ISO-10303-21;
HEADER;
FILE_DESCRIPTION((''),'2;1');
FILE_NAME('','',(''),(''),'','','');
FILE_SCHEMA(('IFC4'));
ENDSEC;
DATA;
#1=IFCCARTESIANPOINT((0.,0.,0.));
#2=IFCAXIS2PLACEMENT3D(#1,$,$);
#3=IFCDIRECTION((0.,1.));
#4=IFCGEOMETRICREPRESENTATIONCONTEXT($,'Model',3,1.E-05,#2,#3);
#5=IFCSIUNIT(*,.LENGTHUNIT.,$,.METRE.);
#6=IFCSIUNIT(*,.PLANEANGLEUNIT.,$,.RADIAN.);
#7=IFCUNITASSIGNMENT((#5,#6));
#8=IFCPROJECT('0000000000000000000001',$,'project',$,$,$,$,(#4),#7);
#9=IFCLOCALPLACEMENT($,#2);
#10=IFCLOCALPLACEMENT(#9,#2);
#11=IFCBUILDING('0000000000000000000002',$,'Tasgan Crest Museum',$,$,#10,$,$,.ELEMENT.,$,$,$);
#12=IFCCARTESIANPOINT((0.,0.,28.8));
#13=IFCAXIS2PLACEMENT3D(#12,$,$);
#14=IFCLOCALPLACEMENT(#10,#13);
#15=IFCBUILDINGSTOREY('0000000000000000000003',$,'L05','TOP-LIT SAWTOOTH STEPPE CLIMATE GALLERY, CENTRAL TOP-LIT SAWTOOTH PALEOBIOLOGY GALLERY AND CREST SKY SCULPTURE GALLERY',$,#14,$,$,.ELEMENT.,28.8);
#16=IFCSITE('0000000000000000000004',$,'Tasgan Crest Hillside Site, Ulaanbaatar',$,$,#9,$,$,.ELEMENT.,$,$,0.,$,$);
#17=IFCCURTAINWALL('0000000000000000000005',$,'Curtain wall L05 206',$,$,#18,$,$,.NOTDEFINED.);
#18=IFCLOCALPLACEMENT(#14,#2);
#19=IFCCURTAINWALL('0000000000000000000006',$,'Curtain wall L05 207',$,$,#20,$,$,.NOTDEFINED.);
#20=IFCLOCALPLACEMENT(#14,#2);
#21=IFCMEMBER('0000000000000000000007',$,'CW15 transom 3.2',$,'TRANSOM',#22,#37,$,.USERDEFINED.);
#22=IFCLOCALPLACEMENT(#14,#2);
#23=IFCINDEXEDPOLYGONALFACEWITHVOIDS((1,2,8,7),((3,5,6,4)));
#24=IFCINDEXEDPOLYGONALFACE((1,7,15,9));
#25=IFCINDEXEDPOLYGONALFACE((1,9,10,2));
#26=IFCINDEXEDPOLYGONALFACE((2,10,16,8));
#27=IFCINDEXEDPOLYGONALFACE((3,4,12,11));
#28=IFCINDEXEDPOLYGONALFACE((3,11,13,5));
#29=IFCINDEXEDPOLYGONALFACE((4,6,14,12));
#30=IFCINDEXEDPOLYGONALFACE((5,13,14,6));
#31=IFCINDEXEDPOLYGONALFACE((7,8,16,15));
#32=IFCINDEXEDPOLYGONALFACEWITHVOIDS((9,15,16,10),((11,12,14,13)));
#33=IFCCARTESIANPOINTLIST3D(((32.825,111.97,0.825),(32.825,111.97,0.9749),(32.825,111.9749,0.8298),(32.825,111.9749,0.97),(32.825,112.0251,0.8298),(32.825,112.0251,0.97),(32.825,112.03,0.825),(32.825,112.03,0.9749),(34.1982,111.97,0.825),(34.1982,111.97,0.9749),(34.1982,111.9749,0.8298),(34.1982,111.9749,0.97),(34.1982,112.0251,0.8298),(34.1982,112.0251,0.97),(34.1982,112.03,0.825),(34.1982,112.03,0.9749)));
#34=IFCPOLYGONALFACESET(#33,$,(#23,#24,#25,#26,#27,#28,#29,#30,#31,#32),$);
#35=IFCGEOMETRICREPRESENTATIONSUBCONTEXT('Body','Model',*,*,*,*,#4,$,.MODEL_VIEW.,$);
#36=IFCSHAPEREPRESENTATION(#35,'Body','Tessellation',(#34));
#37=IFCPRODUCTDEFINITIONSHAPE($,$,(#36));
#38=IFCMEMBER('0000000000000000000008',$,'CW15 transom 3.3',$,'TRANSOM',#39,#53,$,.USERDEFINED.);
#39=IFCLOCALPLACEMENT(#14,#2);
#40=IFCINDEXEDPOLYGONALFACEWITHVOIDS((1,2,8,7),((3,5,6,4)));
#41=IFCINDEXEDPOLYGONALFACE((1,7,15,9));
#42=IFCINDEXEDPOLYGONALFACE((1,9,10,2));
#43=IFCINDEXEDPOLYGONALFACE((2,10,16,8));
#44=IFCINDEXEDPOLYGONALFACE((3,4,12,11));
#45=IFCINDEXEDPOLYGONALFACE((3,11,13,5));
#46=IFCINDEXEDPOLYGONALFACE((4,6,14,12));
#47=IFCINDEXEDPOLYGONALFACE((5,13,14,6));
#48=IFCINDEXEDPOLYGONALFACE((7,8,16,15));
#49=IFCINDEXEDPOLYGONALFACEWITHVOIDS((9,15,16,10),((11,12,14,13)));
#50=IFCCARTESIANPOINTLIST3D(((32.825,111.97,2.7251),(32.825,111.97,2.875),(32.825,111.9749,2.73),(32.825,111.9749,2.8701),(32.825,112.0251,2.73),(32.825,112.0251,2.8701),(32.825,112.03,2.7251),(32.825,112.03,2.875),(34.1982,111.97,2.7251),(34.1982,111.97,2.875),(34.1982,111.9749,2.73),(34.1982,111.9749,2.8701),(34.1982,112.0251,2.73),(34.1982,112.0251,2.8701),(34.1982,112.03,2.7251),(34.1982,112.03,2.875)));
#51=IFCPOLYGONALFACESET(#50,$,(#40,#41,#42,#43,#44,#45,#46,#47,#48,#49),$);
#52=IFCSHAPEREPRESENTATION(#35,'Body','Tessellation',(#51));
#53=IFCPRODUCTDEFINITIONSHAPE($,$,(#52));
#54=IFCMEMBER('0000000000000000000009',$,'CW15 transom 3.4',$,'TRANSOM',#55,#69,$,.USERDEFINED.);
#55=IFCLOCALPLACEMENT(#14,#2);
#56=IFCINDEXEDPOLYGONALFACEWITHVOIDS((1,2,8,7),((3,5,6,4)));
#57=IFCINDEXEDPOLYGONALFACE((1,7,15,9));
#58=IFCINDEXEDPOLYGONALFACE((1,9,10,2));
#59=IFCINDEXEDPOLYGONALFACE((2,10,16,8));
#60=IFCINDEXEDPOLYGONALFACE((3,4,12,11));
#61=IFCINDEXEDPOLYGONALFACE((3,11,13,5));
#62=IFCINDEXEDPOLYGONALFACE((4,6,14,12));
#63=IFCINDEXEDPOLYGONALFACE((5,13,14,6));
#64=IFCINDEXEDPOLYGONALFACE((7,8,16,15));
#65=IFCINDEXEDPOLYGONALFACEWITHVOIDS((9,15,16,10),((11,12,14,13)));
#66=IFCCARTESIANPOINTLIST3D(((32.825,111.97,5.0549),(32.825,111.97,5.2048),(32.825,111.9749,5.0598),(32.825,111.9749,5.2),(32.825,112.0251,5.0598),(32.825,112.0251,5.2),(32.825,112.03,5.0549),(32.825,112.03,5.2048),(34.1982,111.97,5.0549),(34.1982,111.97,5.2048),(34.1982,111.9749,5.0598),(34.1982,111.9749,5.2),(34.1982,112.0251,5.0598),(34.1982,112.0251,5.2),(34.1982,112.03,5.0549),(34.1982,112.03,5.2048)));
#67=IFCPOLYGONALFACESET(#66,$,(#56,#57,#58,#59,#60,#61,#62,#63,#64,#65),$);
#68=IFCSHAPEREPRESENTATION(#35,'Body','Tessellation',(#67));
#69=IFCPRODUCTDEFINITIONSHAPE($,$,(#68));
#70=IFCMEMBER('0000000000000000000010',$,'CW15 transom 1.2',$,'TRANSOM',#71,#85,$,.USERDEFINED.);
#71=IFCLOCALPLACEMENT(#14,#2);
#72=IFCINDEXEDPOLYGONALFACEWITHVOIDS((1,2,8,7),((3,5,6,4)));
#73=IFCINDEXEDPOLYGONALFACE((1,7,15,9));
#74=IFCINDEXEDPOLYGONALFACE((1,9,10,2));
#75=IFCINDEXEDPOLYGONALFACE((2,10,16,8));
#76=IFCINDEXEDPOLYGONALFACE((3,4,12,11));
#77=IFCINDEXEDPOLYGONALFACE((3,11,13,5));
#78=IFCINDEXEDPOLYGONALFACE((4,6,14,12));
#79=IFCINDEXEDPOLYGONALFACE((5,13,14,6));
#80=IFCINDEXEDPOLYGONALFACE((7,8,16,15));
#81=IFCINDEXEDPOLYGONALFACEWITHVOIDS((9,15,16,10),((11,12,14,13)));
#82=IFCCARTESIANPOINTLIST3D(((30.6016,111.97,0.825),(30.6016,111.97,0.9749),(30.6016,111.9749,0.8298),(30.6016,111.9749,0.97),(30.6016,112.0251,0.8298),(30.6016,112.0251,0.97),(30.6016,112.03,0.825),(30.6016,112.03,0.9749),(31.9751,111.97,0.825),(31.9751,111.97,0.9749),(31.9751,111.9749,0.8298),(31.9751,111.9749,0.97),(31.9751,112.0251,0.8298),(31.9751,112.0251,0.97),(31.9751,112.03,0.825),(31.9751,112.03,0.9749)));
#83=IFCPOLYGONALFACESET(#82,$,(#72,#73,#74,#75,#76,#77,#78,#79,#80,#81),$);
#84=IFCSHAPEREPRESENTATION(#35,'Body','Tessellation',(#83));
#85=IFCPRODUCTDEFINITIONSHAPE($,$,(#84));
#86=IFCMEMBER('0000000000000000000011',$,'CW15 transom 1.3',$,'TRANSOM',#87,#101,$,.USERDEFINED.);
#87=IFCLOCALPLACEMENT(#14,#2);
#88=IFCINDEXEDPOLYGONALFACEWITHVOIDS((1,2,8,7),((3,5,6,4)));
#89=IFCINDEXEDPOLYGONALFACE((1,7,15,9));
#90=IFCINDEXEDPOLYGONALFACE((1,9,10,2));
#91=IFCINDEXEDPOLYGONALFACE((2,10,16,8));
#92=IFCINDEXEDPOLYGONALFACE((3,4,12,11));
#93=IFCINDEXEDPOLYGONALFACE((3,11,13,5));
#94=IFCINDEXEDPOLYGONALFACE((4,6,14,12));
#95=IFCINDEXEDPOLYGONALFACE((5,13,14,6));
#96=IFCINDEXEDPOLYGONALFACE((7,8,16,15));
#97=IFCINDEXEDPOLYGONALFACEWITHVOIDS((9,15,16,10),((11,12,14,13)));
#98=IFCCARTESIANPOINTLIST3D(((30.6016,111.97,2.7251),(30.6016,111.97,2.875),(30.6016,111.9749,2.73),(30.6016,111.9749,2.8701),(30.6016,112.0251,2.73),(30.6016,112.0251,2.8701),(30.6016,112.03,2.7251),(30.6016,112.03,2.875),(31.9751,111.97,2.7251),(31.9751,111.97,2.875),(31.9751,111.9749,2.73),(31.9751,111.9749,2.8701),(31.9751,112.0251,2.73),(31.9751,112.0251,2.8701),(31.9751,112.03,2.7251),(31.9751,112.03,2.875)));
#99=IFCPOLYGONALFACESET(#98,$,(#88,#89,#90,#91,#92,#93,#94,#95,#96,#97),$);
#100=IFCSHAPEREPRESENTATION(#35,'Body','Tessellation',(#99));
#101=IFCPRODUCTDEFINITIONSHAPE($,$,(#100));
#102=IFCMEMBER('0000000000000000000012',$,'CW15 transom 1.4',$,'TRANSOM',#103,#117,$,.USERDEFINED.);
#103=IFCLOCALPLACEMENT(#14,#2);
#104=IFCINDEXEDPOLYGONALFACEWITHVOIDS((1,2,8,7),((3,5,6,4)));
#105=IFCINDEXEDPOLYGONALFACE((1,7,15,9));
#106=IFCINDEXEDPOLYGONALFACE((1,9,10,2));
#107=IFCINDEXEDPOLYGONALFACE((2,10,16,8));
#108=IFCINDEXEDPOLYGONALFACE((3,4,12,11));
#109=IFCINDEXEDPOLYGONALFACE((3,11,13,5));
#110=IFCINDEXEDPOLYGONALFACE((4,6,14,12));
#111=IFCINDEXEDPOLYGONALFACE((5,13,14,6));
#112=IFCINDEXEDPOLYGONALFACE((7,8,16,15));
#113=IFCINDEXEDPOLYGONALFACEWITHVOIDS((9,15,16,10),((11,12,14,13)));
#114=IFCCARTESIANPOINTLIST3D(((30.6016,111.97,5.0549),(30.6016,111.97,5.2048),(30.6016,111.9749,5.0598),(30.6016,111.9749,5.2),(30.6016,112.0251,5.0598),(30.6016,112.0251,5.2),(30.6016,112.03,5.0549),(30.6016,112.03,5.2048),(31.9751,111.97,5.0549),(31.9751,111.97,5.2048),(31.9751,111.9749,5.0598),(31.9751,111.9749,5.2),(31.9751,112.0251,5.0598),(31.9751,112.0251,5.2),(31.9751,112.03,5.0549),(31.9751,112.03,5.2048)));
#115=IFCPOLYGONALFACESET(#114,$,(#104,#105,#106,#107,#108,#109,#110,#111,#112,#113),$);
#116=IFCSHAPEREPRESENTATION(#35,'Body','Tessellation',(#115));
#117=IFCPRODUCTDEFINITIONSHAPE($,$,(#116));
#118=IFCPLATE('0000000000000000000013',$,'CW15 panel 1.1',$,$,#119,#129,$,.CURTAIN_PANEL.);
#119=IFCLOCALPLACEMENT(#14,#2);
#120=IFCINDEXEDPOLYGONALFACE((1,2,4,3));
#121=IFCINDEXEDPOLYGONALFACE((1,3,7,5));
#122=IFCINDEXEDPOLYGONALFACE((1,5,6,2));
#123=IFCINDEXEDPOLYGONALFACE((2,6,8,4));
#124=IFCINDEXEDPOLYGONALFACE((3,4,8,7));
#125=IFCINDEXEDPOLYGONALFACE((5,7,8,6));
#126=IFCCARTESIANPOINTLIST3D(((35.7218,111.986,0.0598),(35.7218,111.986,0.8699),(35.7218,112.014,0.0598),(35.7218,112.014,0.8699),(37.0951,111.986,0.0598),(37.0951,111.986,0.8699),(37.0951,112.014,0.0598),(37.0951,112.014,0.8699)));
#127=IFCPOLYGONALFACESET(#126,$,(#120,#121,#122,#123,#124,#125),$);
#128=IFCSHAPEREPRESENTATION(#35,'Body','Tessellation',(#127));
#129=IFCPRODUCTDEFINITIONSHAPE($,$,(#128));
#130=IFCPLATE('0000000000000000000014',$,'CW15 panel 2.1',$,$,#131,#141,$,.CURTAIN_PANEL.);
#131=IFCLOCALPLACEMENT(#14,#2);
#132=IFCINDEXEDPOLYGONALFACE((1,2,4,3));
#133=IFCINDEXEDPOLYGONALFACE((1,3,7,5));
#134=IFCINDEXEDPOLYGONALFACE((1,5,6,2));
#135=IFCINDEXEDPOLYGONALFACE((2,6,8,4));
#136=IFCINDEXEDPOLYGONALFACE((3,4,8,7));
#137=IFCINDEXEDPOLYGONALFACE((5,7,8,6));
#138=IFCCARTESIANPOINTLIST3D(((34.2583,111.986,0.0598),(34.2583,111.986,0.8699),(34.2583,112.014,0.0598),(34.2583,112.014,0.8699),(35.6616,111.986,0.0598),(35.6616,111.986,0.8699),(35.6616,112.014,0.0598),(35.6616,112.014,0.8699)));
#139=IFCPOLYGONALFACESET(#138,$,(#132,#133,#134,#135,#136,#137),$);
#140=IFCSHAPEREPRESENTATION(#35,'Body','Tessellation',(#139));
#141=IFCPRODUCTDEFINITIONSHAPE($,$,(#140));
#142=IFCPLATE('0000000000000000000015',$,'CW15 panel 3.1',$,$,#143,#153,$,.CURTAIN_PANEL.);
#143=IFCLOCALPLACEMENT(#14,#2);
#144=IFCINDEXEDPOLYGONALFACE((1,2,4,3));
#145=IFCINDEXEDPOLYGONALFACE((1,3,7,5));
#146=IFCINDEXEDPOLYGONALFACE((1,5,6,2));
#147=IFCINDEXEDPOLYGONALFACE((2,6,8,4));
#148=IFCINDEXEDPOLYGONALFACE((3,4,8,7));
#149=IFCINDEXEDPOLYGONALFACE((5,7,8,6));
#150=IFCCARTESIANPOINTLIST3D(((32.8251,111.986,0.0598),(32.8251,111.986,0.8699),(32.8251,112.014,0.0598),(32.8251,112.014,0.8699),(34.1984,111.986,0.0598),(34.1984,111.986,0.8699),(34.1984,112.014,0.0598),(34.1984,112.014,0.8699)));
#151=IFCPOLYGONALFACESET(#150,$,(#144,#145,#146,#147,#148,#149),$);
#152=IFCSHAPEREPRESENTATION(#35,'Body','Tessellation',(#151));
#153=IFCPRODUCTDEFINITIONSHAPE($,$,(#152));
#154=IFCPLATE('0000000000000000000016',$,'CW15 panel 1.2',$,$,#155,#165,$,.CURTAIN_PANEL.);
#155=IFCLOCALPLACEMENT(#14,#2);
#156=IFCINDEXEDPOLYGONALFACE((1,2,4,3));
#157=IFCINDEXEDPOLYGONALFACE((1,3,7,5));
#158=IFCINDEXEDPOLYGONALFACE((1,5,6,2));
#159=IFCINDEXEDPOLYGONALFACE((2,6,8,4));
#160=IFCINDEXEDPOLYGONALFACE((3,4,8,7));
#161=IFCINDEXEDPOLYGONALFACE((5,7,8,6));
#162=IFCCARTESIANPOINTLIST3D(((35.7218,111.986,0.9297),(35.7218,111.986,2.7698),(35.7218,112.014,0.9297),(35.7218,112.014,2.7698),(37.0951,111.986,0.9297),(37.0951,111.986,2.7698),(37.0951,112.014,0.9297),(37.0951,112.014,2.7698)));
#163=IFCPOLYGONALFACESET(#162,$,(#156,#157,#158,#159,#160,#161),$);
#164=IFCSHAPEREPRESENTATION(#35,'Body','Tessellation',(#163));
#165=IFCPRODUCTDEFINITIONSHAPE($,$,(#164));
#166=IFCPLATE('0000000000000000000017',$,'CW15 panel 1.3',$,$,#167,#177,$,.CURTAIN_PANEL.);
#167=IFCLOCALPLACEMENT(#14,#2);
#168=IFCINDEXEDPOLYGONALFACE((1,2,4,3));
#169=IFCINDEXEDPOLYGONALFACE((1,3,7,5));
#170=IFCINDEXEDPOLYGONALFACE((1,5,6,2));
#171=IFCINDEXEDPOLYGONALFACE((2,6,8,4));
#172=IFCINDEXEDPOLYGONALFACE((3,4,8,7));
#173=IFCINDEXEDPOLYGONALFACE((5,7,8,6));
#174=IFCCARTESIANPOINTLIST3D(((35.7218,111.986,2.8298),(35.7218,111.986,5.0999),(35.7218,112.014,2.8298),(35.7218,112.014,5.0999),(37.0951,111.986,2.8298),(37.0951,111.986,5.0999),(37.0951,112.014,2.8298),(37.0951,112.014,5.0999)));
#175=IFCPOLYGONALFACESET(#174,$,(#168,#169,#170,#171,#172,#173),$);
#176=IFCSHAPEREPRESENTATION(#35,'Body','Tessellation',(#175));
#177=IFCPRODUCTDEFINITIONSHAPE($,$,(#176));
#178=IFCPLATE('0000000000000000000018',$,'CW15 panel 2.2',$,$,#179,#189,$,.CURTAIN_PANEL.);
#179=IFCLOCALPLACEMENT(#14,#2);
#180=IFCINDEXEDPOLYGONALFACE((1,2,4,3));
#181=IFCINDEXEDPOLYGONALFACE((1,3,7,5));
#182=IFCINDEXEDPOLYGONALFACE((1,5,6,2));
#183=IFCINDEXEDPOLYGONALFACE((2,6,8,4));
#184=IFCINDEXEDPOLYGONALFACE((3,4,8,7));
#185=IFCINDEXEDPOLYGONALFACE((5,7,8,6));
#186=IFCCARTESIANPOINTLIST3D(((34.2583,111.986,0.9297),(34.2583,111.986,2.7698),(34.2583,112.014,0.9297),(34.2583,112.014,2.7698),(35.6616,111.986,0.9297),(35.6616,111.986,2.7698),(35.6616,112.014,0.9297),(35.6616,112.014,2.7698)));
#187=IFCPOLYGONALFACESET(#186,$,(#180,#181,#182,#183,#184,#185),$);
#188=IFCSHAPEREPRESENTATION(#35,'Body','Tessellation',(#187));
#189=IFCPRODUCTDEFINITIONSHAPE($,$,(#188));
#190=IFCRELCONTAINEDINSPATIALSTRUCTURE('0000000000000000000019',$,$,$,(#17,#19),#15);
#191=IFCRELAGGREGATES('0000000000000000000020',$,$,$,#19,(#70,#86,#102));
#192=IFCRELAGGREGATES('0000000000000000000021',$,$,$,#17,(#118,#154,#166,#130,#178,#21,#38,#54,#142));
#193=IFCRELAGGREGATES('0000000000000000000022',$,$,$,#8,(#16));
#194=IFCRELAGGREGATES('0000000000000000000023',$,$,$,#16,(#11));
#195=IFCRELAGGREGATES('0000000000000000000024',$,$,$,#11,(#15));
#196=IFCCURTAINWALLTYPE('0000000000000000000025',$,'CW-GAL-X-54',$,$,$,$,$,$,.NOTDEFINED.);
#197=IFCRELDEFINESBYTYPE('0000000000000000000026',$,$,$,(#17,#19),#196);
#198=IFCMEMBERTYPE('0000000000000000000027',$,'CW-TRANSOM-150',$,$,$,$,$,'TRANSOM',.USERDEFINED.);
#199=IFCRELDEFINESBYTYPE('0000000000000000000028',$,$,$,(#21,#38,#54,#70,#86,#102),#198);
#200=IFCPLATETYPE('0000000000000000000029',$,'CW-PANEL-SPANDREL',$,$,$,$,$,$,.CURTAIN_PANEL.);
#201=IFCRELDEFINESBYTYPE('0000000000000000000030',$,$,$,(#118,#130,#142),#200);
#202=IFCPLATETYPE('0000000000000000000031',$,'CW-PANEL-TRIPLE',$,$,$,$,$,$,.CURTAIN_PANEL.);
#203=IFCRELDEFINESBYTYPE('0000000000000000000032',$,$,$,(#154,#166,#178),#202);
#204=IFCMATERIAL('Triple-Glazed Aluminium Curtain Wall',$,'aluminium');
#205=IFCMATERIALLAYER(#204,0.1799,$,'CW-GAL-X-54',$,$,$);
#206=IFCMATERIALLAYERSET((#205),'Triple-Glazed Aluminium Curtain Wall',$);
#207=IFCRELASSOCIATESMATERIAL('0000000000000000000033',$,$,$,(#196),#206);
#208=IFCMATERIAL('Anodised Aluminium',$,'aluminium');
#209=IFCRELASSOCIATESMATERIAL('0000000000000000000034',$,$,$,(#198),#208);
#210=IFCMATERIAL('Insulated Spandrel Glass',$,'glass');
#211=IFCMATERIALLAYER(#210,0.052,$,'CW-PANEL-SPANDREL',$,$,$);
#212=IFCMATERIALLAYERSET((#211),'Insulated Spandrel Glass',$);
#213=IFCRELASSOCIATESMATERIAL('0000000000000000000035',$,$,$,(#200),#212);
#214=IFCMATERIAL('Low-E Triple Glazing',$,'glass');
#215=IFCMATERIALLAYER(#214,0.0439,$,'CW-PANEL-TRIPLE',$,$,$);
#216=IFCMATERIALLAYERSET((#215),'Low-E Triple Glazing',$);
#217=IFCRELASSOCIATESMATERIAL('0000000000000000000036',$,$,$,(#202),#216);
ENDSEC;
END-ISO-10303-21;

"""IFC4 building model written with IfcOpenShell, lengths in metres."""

from ifc_helpers import new_model, si_unit, direction, frame, origin, origin_2d, place, context, subcontext, project, spatial, rectangle, hollow_rectangle, extrude, material, layer, layer_set, material_profile, profile_set, type_object, element, aggregate, save


model = new_model("IFC4")

# Units and contexts
model_context = context("Model", 3, precision=1e-05, world=origin(), true_north=direction((0.0, 1.0)))
body_context = subcontext(model_context, "Body", "Model", "MODEL_VIEW")
ifc_project = project(units=[si_unit("LENGTHUNIT", "METRE"), si_unit("PLANEANGLEUNIT", "RADIAN")], contexts=[model_context])

# Site, building, storey
site_placement = place(None, origin())
site = spatial("IfcSite", under=ifc_project, at=site_placement, Name="Tasgan Crest Hillside Site, Ulaanbaatar", CompositionType="ELEMENT", RefElevation=0.0)
building_placement = place(site_placement, origin())
building = spatial("IfcBuilding", under=site, at=building_placement, Name="Tasgan Crest Museum", CompositionType="ELEMENT")
storey_placement = place(building_placement, frame((0.0, 0.0, 28.8)))
storey = spatial("IfcBuildingStorey", under=building, at=storey_placement, Name="L05", Description="TOP-LIT SAWTOOTH STEPPE CLIMATE GALLERY, CENTRAL TOP-LIT SAWTOOTH PALEOBIOLOGY GALLERY AND CREST SKY SCULPTURE GALLERY", CompositionType="ELEMENT", Elevation=28.8)

# Curtain wall
ifc_material_1 = material(Name="Triple-Glazed Aluminium Curtain Wall", Category="aluminium")
ifc_layer_1 = layer(ifc_material_1, 0.1799, Name="CW-GAL-X-54")
ifc_layer_set_1 = layer_set([ifc_layer_1], Name="Triple-Glazed Aluminium Curtain Wall")
curtain_wall_type = type_object("IfcCurtainWallType", Name="CW-GAL-X-54", PredefinedType="NOTDEFINED", material=ifc_layer_set_1)
curtain_wall_1_placement = place(storey_placement, origin())
curtain_wall_1 = element("IfcCurtainWall", 1, at=curtain_wall_1_placement, inside=storey, type_object=curtain_wall_type, Name="Curtain wall L05 206", PredefinedType="NOTDEFINED")

# Curtain wall
curtain_wall_2_placement = place(storey_placement, origin())
curtain_wall_2 = element("IfcCurtainWall", 2, at=curtain_wall_2_placement, inside=storey, type_object=curtain_wall_type, Name="Curtain wall L05 207", PredefinedType="NOTDEFINED")

# Members
ifc_material_2 = material(Name="Anodised Aluminium", Category="aluminium")
ifc_material_profile_1 = material_profile(ifc_material_2, hollow_rectangle(XDim=0.0601, YDim=0.1499, WallThickness=0.0049, at=origin_2d()), Name="ALU TRANSOM 150x60x5")
ifc_profile_set_1 = profile_set([ifc_material_profile_1], Name="Anodised Aluminium")
member_type_1 = type_object("IfcMemberType", Name="CW-TRANSOM-150", ElementType="TRANSOM", PredefinedType="USERDEFINED", material=ifc_profile_set_1)
member_1_placement = place(storey_placement, frame((34.1982, 112.0, 0.8999), z_axis=(-1.0, 0.0, 0.0), x_axis=(0.0, -1.0, 0.0)))
member_1 = element("IfcMember", 3, at=member_1_placement, type_object=member_type_1, Name="CW15 transom 3.2", ObjectType="TRANSOM", PredefinedType="USERDEFINED", context=body_context, shape_type="SweptSolid", body=[
    extrude(hollow_rectangle(XDim=0.0601, YDim=0.1499, WallThickness=0.0049, at=origin_2d()), origin(), (0.0, 0.0, 1.0), 1.3733),
])
member_2_placement = place(storey_placement, frame((34.1982, 112.0, 2.8), z_axis=(-1.0, 0.0, 0.0), x_axis=(0.0, -1.0, 0.0)))
member_2 = element("IfcMember", 4, at=member_2_placement, type_object=member_type_1, Name="CW15 transom 3.3", ObjectType="TRANSOM", PredefinedType="USERDEFINED", context=body_context, shape_type="SweptSolid", body=[
    extrude(hollow_rectangle(XDim=0.0601, YDim=0.1499, WallThickness=0.0049, at=origin_2d()), origin(), (0.0, 0.0, 1.0), 1.3733),
])
member_3_placement = place(storey_placement, frame((34.1982, 112.0, 5.1299), z_axis=(-1.0, 0.0, 0.0), x_axis=(0.0, -1.0, 0.0)))
member_3 = element("IfcMember", 5, at=member_3_placement, type_object=member_type_1, Name="CW15 transom 3.4", ObjectType="TRANSOM", PredefinedType="USERDEFINED", context=body_context, shape_type="SweptSolid", body=[
    extrude(hollow_rectangle(XDim=0.0601, YDim=0.1499, WallThickness=0.0049, at=origin_2d()), origin(), (0.0, 0.0, 1.0), 1.3733),
])
member_4_placement = place(storey_placement, frame((31.9751, 112.0, 0.8999), z_axis=(-1.0, 0.0, 0.0), x_axis=(0.0, -1.0, 0.0)))
member_4 = element("IfcMember", 6, at=member_4_placement, type_object=member_type_1, Name="CW15 transom 1.2", ObjectType="TRANSOM", PredefinedType="USERDEFINED", context=body_context, shape_type="SweptSolid", body=[
    extrude(hollow_rectangle(XDim=0.0601, YDim=0.1499, WallThickness=0.0049, at=origin_2d()), origin(), (0.0, 0.0, 1.0), 1.3735),
])
member_5_placement = place(storey_placement, frame((31.9751, 112.0, 2.8), z_axis=(-1.0, 0.0, 0.0), x_axis=(0.0, -1.0, 0.0)))
member_5 = element("IfcMember", 7, at=member_5_placement, type_object=member_type_1, Name="CW15 transom 1.3", ObjectType="TRANSOM", PredefinedType="USERDEFINED", context=body_context, shape_type="SweptSolid", body=[
    extrude(hollow_rectangle(XDim=0.0601, YDim=0.1499, WallThickness=0.0049, at=origin_2d()), origin(), (0.0, 0.0, 1.0), 1.3735),
])
member_6_placement = place(storey_placement, frame((31.9751, 112.0, 5.1299), z_axis=(-1.0, 0.0, 0.0), x_axis=(0.0, -1.0, 0.0)))
member_6 = element("IfcMember", 8, at=member_6_placement, type_object=member_type_1, Name="CW15 transom 1.4", ObjectType="TRANSOM", PredefinedType="USERDEFINED", context=body_context, shape_type="SweptSolid", body=[
    extrude(hollow_rectangle(XDim=0.0601, YDim=0.1499, WallThickness=0.0049, at=origin_2d()), origin(), (0.0, 0.0, 1.0), 1.3735),
])
aggregate(curtain_wall_2, [member_4, member_5, member_6])

# Plates
ifc_material_3 = material(Name="Insulated Spandrel Glass", Category="glass")
ifc_layer_2 = layer(ifc_material_3, 0.052, Name="CW-PANEL-SPANDREL")
ifc_layer_set_2 = layer_set([ifc_layer_2], Name="Insulated Spandrel Glass")
plate_type_1 = type_object("IfcPlateType", Name="CW-PANEL-SPANDREL", PredefinedType="CURTAIN_PANEL", material=ifc_layer_set_2)
plate_1_placement = place(storey_placement, frame((36.4084, 112.0, 0.0598), z_axis=(0.0, 0.0, 1.0), x_axis=(-1.0, 0.0, 0.0)))
plate_1 = element("IfcPlate", 9, at=plate_1_placement, type_object=plate_type_1, Name="CW15 panel 1.1", PredefinedType="CURTAIN_PANEL", context=body_context, shape_type="SweptSolid", body=[
    extrude(rectangle(XDim=1.3733, YDim=0.0281, at=origin_2d()), origin(), (0.0, 0.0, 1.0), 0.8101),
])
plate_2_placement = place(storey_placement, frame((34.96, 112.0, 0.0598), z_axis=(0.0, 0.0, 1.0), x_axis=(-1.0, 0.0, 0.0)))
plate_2 = element("IfcPlate", 10, at=plate_2_placement, type_object=plate_type_1, Name="CW15 panel 2.1", PredefinedType="CURTAIN_PANEL", context=body_context, shape_type="SweptSolid", body=[
    extrude(rectangle(XDim=1.4033, YDim=0.0281, at=origin_2d()), origin(), (0.0, 0.0, 1.0), 0.8101),
])
plate_3_placement = place(storey_placement, frame((33.5117, 112.0, 0.0598), z_axis=(0.0, 0.0, 1.0), x_axis=(-1.0, 0.0, 0.0)))
plate_3 = element("IfcPlate", 11, at=plate_3_placement, type_object=plate_type_1, Name="CW15 panel 3.1", PredefinedType="CURTAIN_PANEL", context=body_context, shape_type="SweptSolid", body=[
    extrude(rectangle(XDim=1.3733, YDim=0.0281, at=origin_2d()), origin(), (0.0, 0.0, 1.0), 0.8101),
])
ifc_material_4 = material(Name="Low-E Triple Glazing", Category="glass")
ifc_layer_3 = layer(ifc_material_4, 0.0439, Name="CW-PANEL-TRIPLE")
ifc_layer_set_3 = layer_set([ifc_layer_3], Name="Low-E Triple Glazing")
plate_type_2 = type_object("IfcPlateType", Name="CW-PANEL-TRIPLE", PredefinedType="CURTAIN_PANEL", material=ifc_layer_set_3)
plate_4_placement = place(storey_placement, frame((36.4084, 112.0, 0.9297), z_axis=(0.0, 0.0, 1.0), x_axis=(-1.0, 0.0, 0.0)))
plate_4 = element("IfcPlate", 12, at=plate_4_placement, type_object=plate_type_2, Name="CW15 panel 1.2", PredefinedType="CURTAIN_PANEL", context=body_context, shape_type="SweptSolid", body=[
    extrude(rectangle(XDim=1.3733, YDim=0.0281, at=origin_2d()), origin(), (0.0, 0.0, 1.0), 1.8401),
])
plate_5_placement = place(storey_placement, frame((36.4084, 112.0, 2.8298), z_axis=(0.0, 0.0, 1.0), x_axis=(-1.0, 0.0, 0.0)))
plate_5 = element("IfcPlate", 13, at=plate_5_placement, type_object=plate_type_2, Name="CW15 panel 1.3", PredefinedType="CURTAIN_PANEL", context=body_context, shape_type="SweptSolid", body=[
    extrude(rectangle(XDim=1.3733, YDim=0.0281, at=origin_2d()), origin(), (0.0, 0.0, 1.0), 2.27),
])
plate_6_placement = place(storey_placement, frame((34.96, 112.0, 0.9297), z_axis=(0.0, 0.0, 1.0), x_axis=(-1.0, 0.0, 0.0)))
plate_6 = element("IfcPlate", 14, at=plate_6_placement, type_object=plate_type_2, Name="CW15 panel 2.2", PredefinedType="CURTAIN_PANEL", context=body_context, shape_type="SweptSolid", body=[
    extrude(rectangle(XDim=1.4033, YDim=0.0281, at=origin_2d()), origin(), (0.0, 0.0, 1.0), 1.8401),
])
aggregate(curtain_wall_1, [plate_1, plate_4, plate_5, plate_2, plate_6, member_1, member_2, member_3, plate_3])

save(model, "model.ifc")
